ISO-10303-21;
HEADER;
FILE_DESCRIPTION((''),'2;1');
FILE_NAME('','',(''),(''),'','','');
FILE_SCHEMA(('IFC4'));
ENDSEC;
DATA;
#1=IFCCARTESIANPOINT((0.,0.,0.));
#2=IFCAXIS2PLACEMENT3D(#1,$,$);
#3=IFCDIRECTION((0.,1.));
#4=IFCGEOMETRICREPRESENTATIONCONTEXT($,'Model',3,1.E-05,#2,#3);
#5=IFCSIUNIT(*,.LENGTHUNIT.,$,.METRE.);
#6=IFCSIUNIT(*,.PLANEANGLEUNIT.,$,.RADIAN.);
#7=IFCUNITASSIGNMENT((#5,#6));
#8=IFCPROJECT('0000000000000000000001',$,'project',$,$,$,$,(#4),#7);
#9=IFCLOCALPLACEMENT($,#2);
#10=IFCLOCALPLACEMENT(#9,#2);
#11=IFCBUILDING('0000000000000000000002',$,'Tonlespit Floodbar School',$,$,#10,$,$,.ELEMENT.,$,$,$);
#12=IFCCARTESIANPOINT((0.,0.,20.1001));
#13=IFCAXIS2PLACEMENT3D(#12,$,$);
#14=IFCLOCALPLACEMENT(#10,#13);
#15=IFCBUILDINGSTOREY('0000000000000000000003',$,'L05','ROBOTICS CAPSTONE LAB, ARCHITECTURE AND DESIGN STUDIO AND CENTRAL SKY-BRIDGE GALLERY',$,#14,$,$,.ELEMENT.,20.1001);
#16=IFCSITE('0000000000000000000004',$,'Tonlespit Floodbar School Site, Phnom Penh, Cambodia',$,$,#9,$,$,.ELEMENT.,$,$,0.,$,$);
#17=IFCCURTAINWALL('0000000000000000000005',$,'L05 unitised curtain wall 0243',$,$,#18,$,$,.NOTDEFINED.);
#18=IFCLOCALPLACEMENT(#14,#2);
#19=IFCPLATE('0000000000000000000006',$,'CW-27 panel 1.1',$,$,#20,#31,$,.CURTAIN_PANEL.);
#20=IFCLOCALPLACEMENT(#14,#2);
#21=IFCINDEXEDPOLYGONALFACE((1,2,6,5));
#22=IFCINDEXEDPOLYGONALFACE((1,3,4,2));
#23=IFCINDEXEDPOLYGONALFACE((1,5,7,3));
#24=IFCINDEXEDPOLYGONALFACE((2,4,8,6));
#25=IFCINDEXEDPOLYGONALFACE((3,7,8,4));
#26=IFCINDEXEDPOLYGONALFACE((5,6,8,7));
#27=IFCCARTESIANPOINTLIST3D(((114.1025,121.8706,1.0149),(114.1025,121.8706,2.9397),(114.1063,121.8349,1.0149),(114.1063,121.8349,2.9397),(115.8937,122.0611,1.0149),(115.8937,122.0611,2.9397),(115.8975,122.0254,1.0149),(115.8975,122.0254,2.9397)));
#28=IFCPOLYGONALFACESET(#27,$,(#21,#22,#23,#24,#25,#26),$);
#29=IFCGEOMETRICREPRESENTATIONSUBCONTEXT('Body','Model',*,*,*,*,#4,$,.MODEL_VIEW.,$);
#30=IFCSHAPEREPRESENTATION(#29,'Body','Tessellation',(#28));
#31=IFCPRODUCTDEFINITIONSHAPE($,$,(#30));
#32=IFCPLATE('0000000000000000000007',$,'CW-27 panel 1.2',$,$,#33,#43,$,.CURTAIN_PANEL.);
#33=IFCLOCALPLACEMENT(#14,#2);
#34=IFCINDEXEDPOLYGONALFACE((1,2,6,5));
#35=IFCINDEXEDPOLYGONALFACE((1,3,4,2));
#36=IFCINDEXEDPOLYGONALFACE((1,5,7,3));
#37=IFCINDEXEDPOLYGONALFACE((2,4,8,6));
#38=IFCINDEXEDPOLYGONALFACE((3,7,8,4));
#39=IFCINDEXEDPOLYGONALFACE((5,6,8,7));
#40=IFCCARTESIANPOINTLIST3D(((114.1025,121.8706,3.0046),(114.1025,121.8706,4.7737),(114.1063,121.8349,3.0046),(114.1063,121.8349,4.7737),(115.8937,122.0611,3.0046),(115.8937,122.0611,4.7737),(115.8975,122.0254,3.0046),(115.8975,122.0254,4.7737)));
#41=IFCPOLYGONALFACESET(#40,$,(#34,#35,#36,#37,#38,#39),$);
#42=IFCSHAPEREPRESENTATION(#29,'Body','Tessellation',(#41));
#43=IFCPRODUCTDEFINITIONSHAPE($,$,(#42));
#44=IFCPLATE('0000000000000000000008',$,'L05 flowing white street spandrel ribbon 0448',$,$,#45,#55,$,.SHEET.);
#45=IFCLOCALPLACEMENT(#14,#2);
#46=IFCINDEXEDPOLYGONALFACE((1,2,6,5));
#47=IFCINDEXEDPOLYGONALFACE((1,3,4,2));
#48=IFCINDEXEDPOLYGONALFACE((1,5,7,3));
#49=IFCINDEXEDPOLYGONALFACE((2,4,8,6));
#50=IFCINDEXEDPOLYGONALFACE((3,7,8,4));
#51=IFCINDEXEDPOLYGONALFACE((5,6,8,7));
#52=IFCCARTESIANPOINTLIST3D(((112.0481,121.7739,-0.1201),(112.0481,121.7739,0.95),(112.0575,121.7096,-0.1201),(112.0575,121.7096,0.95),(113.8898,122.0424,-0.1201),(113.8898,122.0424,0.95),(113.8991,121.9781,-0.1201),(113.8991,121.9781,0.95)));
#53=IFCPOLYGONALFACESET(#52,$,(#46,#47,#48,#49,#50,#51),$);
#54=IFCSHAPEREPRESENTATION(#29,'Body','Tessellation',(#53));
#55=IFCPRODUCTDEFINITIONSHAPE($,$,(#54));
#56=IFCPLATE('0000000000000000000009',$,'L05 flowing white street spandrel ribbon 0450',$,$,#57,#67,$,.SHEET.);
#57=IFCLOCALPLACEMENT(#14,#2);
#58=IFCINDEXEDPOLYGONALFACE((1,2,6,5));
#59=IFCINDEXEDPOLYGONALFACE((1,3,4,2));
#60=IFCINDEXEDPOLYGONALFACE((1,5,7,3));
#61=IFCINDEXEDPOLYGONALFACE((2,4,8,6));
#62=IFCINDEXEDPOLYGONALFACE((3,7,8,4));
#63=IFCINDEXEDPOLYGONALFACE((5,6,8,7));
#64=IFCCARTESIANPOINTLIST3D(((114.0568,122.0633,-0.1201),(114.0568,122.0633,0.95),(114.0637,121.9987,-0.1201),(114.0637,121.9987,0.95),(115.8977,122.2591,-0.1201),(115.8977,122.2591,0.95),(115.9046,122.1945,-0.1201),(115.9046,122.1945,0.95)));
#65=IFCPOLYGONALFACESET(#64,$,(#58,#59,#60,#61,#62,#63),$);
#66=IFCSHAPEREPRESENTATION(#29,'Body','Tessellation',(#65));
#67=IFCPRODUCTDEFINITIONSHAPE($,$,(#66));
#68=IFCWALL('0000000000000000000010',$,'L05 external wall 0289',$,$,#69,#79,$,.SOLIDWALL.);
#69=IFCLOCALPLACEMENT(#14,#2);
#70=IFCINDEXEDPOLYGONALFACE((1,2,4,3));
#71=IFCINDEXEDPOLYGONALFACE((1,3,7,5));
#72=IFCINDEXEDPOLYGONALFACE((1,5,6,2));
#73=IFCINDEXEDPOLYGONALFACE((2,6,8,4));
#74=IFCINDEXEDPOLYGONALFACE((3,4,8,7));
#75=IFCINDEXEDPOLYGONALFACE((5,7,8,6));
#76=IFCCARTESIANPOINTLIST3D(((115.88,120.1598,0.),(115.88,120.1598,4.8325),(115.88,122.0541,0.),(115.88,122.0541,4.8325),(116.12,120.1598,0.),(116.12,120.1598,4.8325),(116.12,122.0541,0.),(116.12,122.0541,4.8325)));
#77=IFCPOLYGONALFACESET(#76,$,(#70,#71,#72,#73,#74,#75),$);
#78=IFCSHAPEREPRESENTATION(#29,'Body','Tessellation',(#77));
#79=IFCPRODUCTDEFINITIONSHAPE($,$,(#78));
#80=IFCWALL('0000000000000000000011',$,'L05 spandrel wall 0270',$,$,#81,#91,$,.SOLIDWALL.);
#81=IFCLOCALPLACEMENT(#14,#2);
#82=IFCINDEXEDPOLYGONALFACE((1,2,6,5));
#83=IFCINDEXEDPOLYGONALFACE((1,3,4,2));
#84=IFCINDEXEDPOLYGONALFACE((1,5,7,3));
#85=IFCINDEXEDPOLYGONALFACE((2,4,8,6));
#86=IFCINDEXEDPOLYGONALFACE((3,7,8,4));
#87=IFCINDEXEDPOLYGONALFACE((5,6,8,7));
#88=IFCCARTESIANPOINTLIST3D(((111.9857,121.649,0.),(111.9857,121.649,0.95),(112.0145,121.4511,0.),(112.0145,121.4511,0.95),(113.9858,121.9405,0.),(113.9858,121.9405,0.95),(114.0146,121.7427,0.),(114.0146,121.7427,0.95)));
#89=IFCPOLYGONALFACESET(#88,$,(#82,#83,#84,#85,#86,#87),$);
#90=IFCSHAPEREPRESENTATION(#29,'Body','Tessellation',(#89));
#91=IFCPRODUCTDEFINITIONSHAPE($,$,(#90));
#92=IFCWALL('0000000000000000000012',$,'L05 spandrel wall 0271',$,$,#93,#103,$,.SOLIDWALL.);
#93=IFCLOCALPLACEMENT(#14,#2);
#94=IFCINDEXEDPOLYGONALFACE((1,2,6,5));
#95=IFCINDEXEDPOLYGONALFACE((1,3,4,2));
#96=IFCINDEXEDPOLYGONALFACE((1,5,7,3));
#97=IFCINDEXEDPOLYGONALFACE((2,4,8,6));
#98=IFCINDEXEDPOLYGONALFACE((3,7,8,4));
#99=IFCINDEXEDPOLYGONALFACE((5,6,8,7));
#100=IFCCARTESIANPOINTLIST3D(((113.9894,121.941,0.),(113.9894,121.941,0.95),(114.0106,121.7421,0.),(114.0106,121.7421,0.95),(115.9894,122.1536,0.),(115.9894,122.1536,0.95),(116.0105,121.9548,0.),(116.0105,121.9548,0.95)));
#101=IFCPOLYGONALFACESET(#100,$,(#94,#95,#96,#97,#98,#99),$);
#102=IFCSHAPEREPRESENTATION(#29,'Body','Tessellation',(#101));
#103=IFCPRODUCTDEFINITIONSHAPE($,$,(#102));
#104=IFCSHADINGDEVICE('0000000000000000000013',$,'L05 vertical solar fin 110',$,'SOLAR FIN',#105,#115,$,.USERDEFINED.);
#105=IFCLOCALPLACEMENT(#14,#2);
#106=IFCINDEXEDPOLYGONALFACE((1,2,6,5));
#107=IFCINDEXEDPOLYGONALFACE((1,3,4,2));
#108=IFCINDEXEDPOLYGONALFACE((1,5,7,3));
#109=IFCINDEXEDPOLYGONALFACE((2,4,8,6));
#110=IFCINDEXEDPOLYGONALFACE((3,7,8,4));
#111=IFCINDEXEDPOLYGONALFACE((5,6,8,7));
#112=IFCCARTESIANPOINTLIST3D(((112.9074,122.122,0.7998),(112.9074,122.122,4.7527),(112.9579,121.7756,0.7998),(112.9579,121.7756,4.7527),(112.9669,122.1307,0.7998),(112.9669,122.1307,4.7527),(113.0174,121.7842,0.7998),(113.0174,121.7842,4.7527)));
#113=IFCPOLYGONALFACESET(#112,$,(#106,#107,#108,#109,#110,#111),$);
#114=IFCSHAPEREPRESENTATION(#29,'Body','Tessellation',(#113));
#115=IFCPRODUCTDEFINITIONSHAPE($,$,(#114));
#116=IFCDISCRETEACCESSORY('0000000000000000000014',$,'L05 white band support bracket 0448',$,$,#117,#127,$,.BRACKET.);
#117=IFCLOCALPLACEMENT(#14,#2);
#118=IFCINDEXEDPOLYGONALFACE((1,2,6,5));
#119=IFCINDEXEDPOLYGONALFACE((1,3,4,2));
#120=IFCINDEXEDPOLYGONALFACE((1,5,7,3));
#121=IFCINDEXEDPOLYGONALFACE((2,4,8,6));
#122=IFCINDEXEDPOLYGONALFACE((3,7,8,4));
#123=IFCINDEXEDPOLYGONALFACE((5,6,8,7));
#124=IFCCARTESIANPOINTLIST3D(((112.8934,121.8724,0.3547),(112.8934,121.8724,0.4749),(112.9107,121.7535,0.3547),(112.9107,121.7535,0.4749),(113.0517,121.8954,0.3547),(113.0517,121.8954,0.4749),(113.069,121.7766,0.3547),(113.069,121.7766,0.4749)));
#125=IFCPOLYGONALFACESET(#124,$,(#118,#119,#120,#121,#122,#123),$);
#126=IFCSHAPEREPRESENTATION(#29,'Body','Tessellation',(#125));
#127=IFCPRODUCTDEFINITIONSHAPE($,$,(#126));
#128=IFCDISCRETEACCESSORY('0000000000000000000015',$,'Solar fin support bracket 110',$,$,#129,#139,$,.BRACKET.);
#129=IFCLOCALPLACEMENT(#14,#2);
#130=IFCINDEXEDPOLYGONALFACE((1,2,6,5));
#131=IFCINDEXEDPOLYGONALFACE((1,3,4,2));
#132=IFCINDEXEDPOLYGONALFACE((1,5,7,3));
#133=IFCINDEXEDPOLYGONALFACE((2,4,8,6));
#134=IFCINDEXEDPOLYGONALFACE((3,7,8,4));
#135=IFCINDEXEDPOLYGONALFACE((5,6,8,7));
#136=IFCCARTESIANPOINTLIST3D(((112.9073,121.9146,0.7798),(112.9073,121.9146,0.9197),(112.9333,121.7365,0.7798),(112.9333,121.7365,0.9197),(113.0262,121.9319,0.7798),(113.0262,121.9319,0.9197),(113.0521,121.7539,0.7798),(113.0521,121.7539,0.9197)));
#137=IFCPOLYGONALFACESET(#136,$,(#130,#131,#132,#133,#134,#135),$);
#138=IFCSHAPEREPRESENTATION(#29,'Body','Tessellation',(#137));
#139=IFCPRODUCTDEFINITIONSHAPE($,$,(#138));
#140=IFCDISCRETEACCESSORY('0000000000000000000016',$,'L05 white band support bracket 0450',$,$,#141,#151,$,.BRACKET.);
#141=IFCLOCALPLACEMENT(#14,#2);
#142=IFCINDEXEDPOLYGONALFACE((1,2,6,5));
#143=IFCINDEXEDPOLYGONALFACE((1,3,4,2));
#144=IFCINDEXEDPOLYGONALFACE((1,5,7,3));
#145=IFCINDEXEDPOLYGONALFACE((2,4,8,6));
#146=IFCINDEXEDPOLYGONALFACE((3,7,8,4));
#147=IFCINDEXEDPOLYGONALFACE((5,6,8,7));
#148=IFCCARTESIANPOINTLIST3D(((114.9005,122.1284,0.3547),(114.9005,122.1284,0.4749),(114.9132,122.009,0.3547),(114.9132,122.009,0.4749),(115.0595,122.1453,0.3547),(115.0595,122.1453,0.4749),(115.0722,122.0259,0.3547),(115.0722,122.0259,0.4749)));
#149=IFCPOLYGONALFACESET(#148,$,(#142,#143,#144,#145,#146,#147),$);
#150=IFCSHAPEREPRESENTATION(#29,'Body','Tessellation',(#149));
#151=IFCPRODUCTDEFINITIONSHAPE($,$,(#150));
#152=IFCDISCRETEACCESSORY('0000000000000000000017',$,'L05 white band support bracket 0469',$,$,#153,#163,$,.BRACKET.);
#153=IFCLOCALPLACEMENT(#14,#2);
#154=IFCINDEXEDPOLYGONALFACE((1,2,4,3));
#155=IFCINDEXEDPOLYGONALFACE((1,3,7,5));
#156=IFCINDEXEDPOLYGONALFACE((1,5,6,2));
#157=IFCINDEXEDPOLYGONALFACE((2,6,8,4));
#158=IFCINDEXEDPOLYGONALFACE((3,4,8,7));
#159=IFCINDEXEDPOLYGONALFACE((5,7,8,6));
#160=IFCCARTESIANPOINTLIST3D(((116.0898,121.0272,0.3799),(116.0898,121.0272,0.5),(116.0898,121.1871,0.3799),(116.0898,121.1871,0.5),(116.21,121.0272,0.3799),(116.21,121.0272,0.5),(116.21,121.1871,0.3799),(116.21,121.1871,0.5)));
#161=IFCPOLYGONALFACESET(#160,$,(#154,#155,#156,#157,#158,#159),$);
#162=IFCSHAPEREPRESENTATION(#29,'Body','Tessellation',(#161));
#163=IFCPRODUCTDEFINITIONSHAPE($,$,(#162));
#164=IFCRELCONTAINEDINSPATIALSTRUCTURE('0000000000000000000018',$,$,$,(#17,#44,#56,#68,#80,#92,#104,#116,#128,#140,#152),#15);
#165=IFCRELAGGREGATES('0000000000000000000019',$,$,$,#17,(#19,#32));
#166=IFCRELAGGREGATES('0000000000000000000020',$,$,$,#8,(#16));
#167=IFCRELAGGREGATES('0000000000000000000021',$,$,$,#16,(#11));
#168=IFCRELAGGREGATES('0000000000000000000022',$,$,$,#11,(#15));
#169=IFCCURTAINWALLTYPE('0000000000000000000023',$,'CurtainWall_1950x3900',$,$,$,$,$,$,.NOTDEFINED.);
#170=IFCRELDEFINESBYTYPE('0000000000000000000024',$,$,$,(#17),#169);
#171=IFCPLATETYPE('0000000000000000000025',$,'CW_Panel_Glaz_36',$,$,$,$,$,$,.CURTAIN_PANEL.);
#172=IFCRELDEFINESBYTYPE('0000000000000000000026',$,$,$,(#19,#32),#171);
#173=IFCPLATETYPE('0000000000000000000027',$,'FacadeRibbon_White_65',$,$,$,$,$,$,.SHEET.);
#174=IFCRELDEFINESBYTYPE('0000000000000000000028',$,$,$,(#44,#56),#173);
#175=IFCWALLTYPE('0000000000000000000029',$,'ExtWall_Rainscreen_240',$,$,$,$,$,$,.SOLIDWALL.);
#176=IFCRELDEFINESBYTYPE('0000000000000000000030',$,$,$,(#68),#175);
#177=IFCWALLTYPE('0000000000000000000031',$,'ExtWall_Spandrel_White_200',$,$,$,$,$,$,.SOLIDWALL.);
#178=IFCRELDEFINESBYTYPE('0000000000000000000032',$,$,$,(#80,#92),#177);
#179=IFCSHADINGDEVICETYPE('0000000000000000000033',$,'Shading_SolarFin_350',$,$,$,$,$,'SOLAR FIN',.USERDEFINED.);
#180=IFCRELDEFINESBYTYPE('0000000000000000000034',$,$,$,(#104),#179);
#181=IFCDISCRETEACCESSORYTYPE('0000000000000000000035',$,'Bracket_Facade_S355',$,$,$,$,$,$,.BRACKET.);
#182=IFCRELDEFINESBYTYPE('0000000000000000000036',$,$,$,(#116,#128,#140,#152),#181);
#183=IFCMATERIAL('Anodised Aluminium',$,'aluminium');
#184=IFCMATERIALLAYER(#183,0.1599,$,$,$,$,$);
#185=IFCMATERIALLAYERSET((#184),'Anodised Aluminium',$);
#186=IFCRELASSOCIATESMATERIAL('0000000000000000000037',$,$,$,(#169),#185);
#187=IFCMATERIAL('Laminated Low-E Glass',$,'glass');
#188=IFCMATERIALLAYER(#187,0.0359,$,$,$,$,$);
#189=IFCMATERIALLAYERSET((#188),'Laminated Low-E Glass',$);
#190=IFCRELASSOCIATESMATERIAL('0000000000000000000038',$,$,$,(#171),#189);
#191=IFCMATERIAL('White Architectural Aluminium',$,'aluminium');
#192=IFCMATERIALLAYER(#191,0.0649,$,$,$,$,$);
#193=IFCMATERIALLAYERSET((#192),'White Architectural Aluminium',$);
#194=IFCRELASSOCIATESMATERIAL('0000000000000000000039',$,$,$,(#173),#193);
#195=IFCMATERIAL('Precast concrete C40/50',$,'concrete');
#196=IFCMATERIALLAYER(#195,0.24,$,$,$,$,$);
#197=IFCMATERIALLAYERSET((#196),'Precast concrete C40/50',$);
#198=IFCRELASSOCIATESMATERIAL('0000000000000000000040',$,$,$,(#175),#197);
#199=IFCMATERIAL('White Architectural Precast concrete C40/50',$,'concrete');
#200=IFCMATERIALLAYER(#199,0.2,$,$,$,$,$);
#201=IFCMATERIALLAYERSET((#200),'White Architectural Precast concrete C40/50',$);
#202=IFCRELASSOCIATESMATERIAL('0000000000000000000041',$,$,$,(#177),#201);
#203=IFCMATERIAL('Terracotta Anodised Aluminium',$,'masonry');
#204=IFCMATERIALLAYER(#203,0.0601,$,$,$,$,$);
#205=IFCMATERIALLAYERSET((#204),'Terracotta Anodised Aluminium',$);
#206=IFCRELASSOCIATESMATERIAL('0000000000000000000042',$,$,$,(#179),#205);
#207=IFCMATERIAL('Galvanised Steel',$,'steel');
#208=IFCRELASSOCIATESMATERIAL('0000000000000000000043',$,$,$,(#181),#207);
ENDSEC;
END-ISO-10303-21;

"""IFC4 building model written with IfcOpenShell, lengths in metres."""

from ifc_helpers import new_model, si_unit, direction, frame, frame_2d, origin, origin_2d, place, context, subcontext, project, spatial, rectangle, extrude, material, layer, layer_set, type_object, element, aggregate, save


model = new_model("IFC4")

# Units and contexts
model_context = context("Model", 3, precision=1e-05, world=origin(), true_north=direction((0.0, 1.0)))
body_context = subcontext(model_context, "Body", "Model", "MODEL_VIEW")
ifc_project = project(units=[si_unit("LENGTHUNIT", "METRE"), si_unit("PLANEANGLEUNIT", "RADIAN")], contexts=[model_context])

# Site, building, storey
site_placement = place(None, origin())
site = spatial("IfcSite", under=ifc_project, at=site_placement, Name="Tonlespit Floodbar School Site, Phnom Penh, Cambodia", CompositionType="ELEMENT", RefElevation=0.0)
building_placement = place(site_placement, origin())
building = spatial("IfcBuilding", under=site, at=building_placement, Name="Tonlespit Floodbar School", CompositionType="ELEMENT")
storey_placement = place(building_placement, frame((0.0, 0.0, 20.1001)))
storey = spatial("IfcBuildingStorey", under=building, at=storey_placement, Name="L05", Description="ROBOTICS CAPSTONE LAB, ARCHITECTURE AND DESIGN STUDIO AND CENTRAL SKY-BRIDGE GALLERY", CompositionType="ELEMENT", Elevation=20.1001)

# Shared definitions
ifc_material_1 = material(Name="Anodised Aluminium", Category="aluminium")

# Curtain wall
ifc_layer_1 = layer(ifc_material_1, 0.1599)
ifc_layer_set_1 = layer_set([ifc_layer_1], Name="Anodised Aluminium")
curtain_wall_type_1 = type_object("IfcCurtainWallType", Name="CurtainWall_1950x3900", PredefinedType="NOTDEFINED", material=ifc_layer_set_1)
curtain_wall_1_placement = place(storey_placement, origin())
curtain_wall_1 = element("IfcCurtainWall", 1, at=curtain_wall_1_placement, inside=storey, type_object=curtain_wall_type_1, Name="L05 unitised curtain wall 0243", PredefinedType="NOTDEFINED")

# Plates
ifc_material_2 = material(Name="Laminated Low-E Glass", Category="glass")
ifc_layer_2 = layer(ifc_material_2, 0.0359)
ifc_layer_set_2 = layer_set([ifc_layer_2], Name="Laminated Low-E Glass")
plate_type_1 = type_object("IfcPlateType", Name="CW_Panel_Glaz_36", PredefinedType="CURTAIN_PANEL", material=ifc_layer_set_2)
plate_1_placement = place(storey_placement, frame((115.0, 121.948, 1.0149), z_axis=(0.0, 0.0, 1.0), x_axis=(0.994389, 0.105787, 0.0)))
plate_1 = element("IfcPlate", 2, at=plate_1_placement, type_object=plate_type_1, Name="CW-27 panel 1.1", PredefinedType="CURTAIN_PANEL", context=body_context, shape_type="SweptSolid", body=[
    extrude(rectangle(XDim=1.8013, YDim=0.0359, at=origin_2d()), origin(), (0.0, 0.0, 1.0), 1.9248),
])
plate_2_placement = place(storey_placement, frame((115.0, 121.948, 3.0046), z_axis=(0.0, 0.0, 1.0), x_axis=(0.994389, 0.105787, 0.0)))
plate_2 = element("IfcPlate", 3, at=plate_2_placement, type_object=plate_type_1, Name="CW-27 panel 1.2", PredefinedType="CURTAIN_PANEL", context=body_context, shape_type="SweptSolid", body=[
    extrude(rectangle(XDim=1.8013, YDim=0.0359, at=origin_2d()), origin(), (0.0, 0.0, 1.0), 1.769),
])
aggregate(curtain_wall_1, [plate_1, plate_2])

# Plates
ifc_material_3 = material(Name="White Architectural Aluminium", Category="aluminium")
ifc_layer_3 = layer(ifc_material_3, 0.0649)
ifc_layer_set_3 = layer_set([ifc_layer_3], Name="White Architectural Aluminium")
plate_type_2 = type_object("IfcPlateType", Name="FacadeRibbon_White_65", PredefinedType="SHEET", material=ifc_layer_set_3)
plate_3_placement = place(storey_placement, frame((112.9736, 121.876, -0.1201), z_axis=(0.0, 0.0, 1.0), x_axis=(0.989538, 0.144275, 0.0)))
element("IfcPlate", 4, at=plate_3_placement, inside=storey, type_object=plate_type_2, Name="L05 flowing white street spandrel ribbon 0448", PredefinedType="SHEET", context=body_context, shape_type="SweptSolid", body=[
    extrude(rectangle(XDim=1.8611, YDim=0.0649, at=origin_2d()), origin(), (0.0, 0.0, 1.0), 1.0701),
])
plate_4_placement = place(storey_placement, frame((114.9807, 122.1289, -0.1201), z_axis=(0.0, 0.0, 1.0), x_axis=(0.994392, 0.105754, 0.0)))
element("IfcPlate", 5, at=plate_4_placement, inside=storey, type_object=plate_type_2, Name="L05 flowing white street spandrel ribbon 0450", PredefinedType="SHEET", context=body_context, shape_type="SweptSolid", body=[
    extrude(rectangle(XDim=1.8513, YDim=0.0649, at=origin_2d()), origin(), (0.0, 0.0, 1.0), 1.0701),
])

# Walls
ifc_material_4 = material(Name="Precast concrete C40/50", Category="concrete")
ifc_layer_4 = layer(ifc_material_4, 0.24)
ifc_layer_set_4 = layer_set([ifc_layer_4], Name="Precast concrete C40/50")
wall_type_1 = type_object("IfcWallType", Name="ExtWall_Rainscreen_240", PredefinedType="SOLIDWALL", material=ifc_layer_set_4)
wall_1_placement = place(storey_placement, frame((116.0, 122.0542, 0.0), z_axis=(0.0, 0.0, 1.0), x_axis=(0.0, -1.0, 0.0)))
element("IfcWall", 6, at=wall_1_placement, inside=storey, type_object=wall_type_1, Name="L05 external wall 0289", PredefinedType="SOLIDWALL", context=body_context, shape_type="SweptSolid", body=[
    extrude(rectangle(XDim=1.8943, YDim=0.24, at=frame_2d((0.9473, 0.0))), origin(), (0.0, 0.0, 1.0), 4.8325),
])
ifc_material_5 = material(Name="White Architectural Precast concrete C40/50", Category="concrete")
ifc_layer_5 = layer(ifc_material_5, 0.2)
ifc_layer_set_5 = layer_set([ifc_layer_5], Name="White Architectural Precast concrete C40/50")
wall_type_2 = type_object("IfcWallType", Name="ExtWall_Spandrel_White_200", PredefinedType="SOLIDWALL", material=ifc_layer_set_5)
wall_2_placement = place(storey_placement, frame((112.0, 121.55, 0.0), z_axis=(0.0, 0.0, 1.0), x_axis=(0.989544, 0.144228, 0.0)))
element("IfcWall", 7, at=wall_2_placement, inside=storey, type_object=wall_type_2, Name="L05 spandrel wall 0270", PredefinedType="SOLIDWALL", context=body_context, shape_type="SweptSolid", body=[
    extrude(rectangle(XDim=2.0212, YDim=0.2, at=frame_2d((1.0107, 0.0))), origin(), (0.0, 0.0, 1.0), 0.95),
])
wall_3_placement = place(storey_placement, frame((114.0, 121.8416, 0.0), z_axis=(0.0, 0.0, 1.0), x_axis=(0.994395, 0.105727, 0.0)))
element("IfcWall", 8, at=wall_3_placement, inside=storey, type_object=wall_type_2, Name="L05 spandrel wall 0271", PredefinedType="SOLIDWALL", context=body_context, shape_type="SweptSolid", body=[
    extrude(rectangle(XDim=2.0112, YDim=0.2, at=frame_2d((1.0056, 0.0))), origin(), (0.0, 0.0, 1.0), 0.95),
])

# Shading device
ifc_material_6 = material(Name="Terracotta Anodised Aluminium", Category="masonry")
ifc_layer_6 = layer(ifc_material_6, 0.0601)
ifc_layer_set_6 = layer_set([ifc_layer_6], Name="Terracotta Anodised Aluminium")
shading_device_type = type_object("IfcShadingDeviceType", Name="Shading_SolarFin_350", ElementType="SOLAR FIN", PredefinedType="USERDEFINED", material=ifc_layer_set_6)
shading_device_placement = place(storey_placement, frame((112.9624, 121.9531, 0.7998), z_axis=(0.0, 0.0, 1.0), x_axis=(0.989538, 0.144275, 0.0)))
element("IfcShadingDevice", 9, at=shading_device_placement, inside=storey, type_object=shading_device_type, Name="L05 vertical solar fin 110", ObjectType="SOLAR FIN", PredefinedType="USERDEFINED", context=body_context, shape_type="SweptSolid", body=[
    extrude(rectangle(XDim=0.0601, YDim=0.3501, at=origin_2d()), origin(), (0.0, 0.0, 1.0), 3.9529),
])

# Discrete accessories
ifc_material_7 = material(Name="Galvanised Steel", Category="steel")
discrete_accessory_type = type_object("IfcDiscreteAccessoryType", Name="Bracket_Facade_S355", PredefinedType="BRACKET", material=ifc_material_7)
discrete_accessory_1_placement = place(storey_placement, frame((112.9812, 121.8245, 0.3547), z_axis=(0.0, 0.0, 1.0), x_axis=(0.989538, 0.144275, 0.0)))
element("IfcDiscreteAccessory", 10, at=discrete_accessory_1_placement, inside=storey, type_object=discrete_accessory_type, Name="L05 white band support bracket 0448", PredefinedType="BRACKET", context=body_context, shape_type="SweptSolid", body=[
    extrude(rectangle(XDim=0.1599, YDim=0.1201, at=origin_2d()), origin(), (0.0, 0.0, 1.0), 0.1201),
])
discrete_accessory_2_placement = place(storey_placement, frame((112.9797, 121.8342, 0.7798), z_axis=(0.0, 0.0, 1.0), x_axis=(0.989538, 0.144275, 0.0)))
element("IfcDiscreteAccessory", 11, at=discrete_accessory_2_placement, inside=storey, type_object=discrete_accessory_type, Name="Solar fin support bracket 110", PredefinedType="BRACKET", context=body_context, shape_type="SweptSolid", body=[
    extrude(rectangle(XDim=0.1201, YDim=0.1799, at=origin_2d()), origin(), (0.0, 0.0, 1.0), 0.1399),
])
for number, where, z_axis, x_axis, name in (
    (12, (114.9863, 122.0771, 0.3547), (0.0, 0.0, 1.0), (0.994392, 0.105754, 0.0), "L05 white band support bracket 0450"),
    (13, (116.1499, 121.1072, 0.3799), (0.0, 0.0, 1.0), (0.0, -1.0, 0.0), "L05 white band support bracket 0469"),
):
    element("IfcDiscreteAccessory", number, at=place(storey_placement, frame(where, z_axis=z_axis, x_axis=x_axis)), inside=storey, type_object=discrete_accessory_type, Name=name, PredefinedType="BRACKET", context=body_context, shape_type="SweptSolid", body=[
        extrude(rectangle(XDim=0.1599, YDim=0.1201, at=origin_2d()), origin(), (0.0, 0.0, 1.0), 0.1201),
    ])

save(model, "model.ifc")
